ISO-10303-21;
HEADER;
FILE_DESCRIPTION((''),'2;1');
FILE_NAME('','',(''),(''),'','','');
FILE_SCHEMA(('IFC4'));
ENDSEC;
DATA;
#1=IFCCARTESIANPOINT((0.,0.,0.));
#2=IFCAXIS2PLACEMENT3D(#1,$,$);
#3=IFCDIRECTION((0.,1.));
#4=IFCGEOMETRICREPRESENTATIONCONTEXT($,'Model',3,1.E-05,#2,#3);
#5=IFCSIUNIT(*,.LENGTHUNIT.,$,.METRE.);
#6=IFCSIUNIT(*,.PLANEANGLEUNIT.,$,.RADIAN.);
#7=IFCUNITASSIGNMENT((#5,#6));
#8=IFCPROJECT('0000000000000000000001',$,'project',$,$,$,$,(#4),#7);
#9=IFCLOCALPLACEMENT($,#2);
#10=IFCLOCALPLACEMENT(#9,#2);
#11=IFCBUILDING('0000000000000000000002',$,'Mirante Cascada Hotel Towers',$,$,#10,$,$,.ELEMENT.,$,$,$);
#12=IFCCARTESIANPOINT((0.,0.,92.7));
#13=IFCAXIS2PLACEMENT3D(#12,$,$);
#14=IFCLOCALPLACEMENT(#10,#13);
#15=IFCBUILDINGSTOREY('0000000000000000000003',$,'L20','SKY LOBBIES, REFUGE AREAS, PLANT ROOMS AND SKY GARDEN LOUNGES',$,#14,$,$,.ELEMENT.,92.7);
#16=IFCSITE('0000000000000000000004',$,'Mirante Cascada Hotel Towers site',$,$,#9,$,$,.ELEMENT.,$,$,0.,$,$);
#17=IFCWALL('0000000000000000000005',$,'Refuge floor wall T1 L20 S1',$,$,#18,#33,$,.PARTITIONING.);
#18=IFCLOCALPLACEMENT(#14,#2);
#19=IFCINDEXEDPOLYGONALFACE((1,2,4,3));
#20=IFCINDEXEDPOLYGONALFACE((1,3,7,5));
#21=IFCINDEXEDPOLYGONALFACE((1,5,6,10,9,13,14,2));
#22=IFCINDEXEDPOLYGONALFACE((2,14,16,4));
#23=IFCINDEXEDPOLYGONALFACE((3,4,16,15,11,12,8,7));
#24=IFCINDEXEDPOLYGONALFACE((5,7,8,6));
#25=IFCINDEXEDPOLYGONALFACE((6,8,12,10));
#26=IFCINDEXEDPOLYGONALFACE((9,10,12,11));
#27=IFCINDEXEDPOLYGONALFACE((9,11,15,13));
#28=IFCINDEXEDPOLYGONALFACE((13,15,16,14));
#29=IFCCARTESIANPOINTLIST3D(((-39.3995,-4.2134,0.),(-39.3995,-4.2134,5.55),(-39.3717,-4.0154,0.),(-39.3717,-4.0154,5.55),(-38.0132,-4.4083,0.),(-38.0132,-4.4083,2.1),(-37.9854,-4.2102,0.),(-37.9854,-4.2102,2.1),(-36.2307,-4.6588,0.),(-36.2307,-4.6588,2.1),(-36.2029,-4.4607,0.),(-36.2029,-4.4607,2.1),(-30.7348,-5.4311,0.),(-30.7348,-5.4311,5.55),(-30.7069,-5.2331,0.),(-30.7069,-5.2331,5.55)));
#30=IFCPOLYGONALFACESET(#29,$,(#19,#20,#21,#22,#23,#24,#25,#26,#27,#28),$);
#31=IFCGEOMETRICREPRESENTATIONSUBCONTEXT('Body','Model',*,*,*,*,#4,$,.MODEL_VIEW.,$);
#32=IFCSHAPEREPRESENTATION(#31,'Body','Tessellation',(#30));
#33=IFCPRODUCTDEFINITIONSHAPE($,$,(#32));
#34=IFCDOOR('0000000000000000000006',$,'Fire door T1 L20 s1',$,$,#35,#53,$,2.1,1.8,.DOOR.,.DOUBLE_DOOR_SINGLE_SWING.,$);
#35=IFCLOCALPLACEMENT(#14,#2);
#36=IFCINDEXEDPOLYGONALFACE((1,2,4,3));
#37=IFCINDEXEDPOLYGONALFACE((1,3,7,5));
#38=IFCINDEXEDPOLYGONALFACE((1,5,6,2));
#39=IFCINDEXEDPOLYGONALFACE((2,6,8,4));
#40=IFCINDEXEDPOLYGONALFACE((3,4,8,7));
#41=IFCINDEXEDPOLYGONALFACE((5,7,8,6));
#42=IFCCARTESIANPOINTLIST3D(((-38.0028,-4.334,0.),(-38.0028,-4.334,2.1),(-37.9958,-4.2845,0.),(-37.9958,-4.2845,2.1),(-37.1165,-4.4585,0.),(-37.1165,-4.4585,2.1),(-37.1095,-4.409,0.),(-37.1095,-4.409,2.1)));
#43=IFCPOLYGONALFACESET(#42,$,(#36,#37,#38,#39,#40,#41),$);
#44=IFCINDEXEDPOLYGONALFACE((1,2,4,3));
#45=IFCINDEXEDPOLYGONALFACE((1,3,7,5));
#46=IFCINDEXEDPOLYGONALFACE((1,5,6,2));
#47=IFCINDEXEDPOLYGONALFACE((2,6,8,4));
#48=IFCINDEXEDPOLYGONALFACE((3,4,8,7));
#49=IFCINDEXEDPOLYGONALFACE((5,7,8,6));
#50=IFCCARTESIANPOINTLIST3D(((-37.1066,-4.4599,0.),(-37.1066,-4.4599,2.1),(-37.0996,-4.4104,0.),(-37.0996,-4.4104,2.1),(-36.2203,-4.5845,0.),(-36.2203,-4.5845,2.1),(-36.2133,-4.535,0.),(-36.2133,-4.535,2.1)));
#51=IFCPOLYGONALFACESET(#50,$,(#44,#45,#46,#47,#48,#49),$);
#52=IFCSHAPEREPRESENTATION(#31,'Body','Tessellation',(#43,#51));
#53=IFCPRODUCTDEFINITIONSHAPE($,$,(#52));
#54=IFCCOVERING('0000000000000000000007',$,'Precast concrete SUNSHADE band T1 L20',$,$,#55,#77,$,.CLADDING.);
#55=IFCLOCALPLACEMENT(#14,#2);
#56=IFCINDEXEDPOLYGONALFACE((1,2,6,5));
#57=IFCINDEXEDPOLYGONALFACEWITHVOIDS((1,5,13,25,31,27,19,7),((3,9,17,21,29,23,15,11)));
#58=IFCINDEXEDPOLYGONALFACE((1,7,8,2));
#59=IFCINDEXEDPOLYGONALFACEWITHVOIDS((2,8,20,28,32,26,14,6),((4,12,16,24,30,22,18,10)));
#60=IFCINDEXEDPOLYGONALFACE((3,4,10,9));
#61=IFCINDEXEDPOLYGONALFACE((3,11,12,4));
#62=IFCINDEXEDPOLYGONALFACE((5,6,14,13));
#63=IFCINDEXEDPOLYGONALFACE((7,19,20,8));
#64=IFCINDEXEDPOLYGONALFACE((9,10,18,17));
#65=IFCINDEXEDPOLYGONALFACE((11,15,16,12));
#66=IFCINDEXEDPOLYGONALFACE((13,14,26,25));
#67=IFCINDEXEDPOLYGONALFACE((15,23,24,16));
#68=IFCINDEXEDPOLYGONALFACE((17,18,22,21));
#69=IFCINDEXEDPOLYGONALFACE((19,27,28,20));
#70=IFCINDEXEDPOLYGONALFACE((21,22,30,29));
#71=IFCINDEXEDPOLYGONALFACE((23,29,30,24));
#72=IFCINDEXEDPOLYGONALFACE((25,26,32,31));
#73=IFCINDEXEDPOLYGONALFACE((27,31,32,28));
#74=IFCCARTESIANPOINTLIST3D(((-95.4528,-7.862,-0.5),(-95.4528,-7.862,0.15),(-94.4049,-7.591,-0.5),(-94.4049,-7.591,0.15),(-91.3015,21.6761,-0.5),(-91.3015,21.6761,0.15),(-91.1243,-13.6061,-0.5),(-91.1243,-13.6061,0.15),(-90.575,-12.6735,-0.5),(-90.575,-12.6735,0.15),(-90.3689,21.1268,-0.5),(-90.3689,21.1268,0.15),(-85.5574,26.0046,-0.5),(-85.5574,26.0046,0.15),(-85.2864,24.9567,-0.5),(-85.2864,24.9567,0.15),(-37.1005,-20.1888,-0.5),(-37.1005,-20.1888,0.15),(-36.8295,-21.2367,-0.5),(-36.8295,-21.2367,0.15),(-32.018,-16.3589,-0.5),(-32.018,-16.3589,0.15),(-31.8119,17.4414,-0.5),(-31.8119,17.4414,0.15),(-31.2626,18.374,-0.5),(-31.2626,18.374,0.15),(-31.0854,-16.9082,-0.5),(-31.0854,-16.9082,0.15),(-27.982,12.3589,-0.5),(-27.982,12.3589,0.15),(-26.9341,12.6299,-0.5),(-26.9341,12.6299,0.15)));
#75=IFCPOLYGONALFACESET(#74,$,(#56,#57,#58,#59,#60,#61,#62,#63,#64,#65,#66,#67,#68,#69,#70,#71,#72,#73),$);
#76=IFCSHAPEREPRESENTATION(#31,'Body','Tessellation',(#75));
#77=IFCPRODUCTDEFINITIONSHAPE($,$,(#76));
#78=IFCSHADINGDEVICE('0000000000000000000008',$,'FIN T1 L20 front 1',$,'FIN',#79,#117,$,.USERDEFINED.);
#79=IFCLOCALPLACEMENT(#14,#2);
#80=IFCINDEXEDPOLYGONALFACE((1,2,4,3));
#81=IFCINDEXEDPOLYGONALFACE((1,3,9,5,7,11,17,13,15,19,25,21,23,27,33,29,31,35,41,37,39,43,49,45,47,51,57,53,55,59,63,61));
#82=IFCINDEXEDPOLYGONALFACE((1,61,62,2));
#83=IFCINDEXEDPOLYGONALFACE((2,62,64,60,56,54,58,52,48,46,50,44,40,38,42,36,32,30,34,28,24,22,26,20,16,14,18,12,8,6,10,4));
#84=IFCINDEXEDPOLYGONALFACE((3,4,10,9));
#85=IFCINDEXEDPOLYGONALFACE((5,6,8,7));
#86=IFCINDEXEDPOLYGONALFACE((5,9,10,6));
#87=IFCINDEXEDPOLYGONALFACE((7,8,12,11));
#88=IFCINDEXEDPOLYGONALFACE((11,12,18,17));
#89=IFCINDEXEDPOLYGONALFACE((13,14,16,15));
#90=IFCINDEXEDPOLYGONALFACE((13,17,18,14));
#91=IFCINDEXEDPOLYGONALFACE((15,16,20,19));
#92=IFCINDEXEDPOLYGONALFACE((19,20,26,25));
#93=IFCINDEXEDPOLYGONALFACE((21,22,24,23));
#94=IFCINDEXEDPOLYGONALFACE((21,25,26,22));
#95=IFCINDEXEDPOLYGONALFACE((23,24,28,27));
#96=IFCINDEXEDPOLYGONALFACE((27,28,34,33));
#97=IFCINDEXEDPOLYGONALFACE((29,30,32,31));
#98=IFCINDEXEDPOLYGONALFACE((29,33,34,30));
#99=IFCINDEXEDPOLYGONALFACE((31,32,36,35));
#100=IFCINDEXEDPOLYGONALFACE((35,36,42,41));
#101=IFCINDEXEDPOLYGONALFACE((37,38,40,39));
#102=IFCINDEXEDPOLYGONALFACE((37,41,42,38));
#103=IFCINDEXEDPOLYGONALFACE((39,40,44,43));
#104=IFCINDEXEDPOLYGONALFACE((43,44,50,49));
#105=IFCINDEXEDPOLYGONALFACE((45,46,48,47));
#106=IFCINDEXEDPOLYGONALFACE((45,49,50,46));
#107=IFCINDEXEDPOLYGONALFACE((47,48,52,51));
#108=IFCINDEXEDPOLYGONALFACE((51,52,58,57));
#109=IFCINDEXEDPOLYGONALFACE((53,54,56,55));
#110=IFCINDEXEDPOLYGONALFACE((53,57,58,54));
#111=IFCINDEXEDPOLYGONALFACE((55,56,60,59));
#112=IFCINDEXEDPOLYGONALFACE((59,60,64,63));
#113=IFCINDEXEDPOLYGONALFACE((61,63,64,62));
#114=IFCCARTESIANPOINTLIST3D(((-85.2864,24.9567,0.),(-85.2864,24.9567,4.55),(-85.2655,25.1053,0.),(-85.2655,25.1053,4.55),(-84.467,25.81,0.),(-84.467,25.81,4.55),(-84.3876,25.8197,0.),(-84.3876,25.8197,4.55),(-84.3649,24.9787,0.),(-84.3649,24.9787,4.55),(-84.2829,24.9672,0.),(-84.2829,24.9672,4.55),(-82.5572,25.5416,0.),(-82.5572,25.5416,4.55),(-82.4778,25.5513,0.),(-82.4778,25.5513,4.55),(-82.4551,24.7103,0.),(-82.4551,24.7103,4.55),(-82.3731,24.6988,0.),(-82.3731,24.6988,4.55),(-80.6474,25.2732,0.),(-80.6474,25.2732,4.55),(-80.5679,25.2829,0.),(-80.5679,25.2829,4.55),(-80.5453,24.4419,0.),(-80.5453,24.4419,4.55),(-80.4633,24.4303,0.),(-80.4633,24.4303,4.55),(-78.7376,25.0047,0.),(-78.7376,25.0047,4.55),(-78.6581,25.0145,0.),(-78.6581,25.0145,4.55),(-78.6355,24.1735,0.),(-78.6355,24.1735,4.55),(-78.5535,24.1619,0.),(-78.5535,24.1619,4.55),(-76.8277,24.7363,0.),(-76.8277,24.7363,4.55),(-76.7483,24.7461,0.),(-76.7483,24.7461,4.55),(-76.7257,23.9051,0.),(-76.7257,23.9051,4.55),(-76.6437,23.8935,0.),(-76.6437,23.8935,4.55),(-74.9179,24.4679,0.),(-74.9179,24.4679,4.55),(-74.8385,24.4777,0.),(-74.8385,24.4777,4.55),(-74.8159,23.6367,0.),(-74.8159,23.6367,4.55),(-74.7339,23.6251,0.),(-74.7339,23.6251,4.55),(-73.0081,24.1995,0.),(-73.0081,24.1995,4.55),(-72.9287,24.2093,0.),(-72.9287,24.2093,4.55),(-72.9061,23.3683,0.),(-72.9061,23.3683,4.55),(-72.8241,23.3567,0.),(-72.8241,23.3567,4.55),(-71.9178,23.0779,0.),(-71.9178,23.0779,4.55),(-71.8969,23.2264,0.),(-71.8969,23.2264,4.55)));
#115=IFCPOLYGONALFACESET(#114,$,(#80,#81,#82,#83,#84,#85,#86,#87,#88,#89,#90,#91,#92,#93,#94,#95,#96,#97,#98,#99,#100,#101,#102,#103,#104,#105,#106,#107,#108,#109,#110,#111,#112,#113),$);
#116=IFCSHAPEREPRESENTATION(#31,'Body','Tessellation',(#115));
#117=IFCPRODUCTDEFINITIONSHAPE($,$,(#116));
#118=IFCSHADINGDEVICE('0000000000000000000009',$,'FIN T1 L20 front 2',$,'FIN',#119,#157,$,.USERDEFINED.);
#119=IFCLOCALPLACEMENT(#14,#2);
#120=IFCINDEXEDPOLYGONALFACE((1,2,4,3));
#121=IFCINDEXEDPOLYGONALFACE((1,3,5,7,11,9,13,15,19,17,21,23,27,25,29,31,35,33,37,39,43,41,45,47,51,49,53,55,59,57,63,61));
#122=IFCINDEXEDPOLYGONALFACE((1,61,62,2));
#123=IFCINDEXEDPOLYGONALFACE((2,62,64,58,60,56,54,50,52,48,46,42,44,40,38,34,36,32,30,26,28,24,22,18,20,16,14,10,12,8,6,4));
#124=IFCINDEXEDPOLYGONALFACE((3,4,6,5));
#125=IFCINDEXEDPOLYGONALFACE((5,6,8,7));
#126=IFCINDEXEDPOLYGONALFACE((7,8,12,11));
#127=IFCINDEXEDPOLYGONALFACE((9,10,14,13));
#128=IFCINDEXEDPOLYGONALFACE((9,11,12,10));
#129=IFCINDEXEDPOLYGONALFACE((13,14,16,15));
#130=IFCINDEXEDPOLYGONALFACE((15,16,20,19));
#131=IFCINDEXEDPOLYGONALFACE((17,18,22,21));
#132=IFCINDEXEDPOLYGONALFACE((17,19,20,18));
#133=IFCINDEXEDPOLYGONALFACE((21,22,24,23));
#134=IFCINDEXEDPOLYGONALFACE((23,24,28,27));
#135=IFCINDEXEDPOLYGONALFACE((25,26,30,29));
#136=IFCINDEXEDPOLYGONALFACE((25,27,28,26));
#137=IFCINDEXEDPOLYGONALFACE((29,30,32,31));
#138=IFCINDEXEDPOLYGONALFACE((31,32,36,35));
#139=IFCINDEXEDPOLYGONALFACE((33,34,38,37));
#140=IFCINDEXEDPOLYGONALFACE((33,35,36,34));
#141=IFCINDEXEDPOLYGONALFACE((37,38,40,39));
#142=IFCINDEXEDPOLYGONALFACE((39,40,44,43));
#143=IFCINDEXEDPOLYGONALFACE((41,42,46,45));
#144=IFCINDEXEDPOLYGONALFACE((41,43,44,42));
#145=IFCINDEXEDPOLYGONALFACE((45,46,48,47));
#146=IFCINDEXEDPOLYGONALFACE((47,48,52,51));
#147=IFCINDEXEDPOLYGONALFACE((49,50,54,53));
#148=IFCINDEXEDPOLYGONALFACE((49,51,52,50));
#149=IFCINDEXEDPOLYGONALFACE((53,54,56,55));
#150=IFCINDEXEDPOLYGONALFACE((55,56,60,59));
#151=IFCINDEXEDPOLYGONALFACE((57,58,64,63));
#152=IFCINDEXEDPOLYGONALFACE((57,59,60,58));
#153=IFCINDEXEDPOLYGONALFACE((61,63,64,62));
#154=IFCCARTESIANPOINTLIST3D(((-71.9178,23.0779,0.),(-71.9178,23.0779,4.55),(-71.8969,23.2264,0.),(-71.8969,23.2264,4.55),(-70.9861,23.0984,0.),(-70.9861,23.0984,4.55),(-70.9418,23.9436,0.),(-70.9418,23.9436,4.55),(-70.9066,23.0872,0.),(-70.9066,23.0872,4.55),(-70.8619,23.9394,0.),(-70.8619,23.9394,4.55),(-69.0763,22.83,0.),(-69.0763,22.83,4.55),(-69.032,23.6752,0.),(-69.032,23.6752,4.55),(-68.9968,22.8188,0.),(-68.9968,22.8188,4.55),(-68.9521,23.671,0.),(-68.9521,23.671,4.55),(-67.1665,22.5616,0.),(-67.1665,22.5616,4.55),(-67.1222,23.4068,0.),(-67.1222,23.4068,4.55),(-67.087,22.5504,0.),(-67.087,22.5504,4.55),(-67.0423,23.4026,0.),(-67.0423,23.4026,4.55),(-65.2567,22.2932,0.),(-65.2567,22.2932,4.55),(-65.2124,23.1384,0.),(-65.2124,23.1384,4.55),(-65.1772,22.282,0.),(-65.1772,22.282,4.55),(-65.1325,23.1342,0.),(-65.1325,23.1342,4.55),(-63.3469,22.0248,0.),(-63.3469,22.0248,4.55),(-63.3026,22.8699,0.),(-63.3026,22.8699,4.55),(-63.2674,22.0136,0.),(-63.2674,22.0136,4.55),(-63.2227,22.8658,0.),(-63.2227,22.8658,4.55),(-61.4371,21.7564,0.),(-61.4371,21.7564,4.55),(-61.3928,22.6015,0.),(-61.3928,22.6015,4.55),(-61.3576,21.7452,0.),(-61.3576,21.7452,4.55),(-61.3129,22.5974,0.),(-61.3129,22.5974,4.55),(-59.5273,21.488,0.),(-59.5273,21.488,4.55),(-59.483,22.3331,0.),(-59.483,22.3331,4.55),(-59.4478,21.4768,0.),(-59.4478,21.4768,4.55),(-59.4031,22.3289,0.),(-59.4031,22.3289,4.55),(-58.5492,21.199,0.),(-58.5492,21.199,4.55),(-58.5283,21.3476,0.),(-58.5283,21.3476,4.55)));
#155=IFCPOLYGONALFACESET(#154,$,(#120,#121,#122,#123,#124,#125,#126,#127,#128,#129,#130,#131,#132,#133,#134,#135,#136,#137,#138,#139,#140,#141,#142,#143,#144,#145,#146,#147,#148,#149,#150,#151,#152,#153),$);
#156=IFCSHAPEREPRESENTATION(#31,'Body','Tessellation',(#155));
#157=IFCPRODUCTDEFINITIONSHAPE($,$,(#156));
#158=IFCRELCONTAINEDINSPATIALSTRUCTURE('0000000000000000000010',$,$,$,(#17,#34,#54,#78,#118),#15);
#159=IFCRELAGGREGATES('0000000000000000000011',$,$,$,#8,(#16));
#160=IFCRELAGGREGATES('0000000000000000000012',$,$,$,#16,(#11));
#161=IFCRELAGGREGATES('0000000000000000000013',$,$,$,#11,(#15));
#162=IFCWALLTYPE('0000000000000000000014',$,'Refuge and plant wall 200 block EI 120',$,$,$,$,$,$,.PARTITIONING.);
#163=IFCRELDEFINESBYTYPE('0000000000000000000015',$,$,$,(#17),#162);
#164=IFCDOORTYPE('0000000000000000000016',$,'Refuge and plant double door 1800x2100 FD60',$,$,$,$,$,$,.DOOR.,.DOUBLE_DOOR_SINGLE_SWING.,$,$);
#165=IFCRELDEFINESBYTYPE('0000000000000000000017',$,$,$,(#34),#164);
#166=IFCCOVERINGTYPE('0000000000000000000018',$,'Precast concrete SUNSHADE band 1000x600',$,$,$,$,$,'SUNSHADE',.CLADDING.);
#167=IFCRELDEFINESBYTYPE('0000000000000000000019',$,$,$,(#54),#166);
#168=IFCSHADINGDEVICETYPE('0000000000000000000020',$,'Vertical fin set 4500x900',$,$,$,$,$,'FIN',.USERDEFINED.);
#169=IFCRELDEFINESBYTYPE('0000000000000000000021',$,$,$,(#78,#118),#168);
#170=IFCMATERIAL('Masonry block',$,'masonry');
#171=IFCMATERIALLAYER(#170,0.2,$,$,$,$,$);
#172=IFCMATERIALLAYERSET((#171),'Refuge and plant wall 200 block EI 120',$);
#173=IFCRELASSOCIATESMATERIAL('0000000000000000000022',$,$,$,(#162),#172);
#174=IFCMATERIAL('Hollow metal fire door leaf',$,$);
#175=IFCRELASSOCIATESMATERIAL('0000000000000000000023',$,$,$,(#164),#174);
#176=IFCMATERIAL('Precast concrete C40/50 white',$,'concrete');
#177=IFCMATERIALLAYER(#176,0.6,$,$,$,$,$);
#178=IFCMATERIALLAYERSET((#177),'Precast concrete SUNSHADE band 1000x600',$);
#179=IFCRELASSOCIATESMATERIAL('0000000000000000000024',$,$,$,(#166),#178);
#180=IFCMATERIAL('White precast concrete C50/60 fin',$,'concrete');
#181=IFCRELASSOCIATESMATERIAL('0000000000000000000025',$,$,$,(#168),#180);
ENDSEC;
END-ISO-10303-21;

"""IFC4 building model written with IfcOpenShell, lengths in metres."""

from ifc_helpers import new_model, si_unit, direction, frame, frame_2d, origin, place, context, subcontext, project, spatial, polyline, rectangle, outline, extrude, material, layer, layer_set, type_object, element, fill, save


model = new_model("IFC4")

# Units and contexts
model_context = context("Model", 3, precision=1e-05, world=origin(), true_north=direction((0.0, 1.0)))
body_context = subcontext(model_context, "Body", "Model", "MODEL_VIEW")
ifc_project = project(units=[si_unit("LENGTHUNIT", "METRE"), si_unit("PLANEANGLEUNIT", "RADIAN")], contexts=[model_context])

# Site, building, storey
site_placement = place(None, origin())
site = spatial("IfcSite", under=ifc_project, at=site_placement, Name="Mirante Cascada Hotel Towers site", CompositionType="ELEMENT", RefElevation=0.0)
building_placement = place(site_placement, origin())
building = spatial("IfcBuilding", under=site, at=building_placement, Name="Mirante Cascada Hotel Towers", CompositionType="ELEMENT")
storey_placement = place(building_placement, frame((0.0, 0.0, 92.7)))
storey = spatial("IfcBuildingStorey", under=building, at=storey_placement, Name="L20", Description="SKY LOBBIES, REFUGE AREAS, PLANT ROOMS AND SKY GARDEN LOUNGES", CompositionType="ELEMENT", Elevation=92.7)

# Wall, opening, door
ifc_material_1 = material(Name="Masonry block", Category="masonry")
ifc_layer_1 = layer(ifc_material_1, 0.2)
ifc_layer_set_1 = layer_set([ifc_layer_1], Name="Refuge and plant wall 200 block EI 120")
wall_type = type_object("IfcWallType", Name="Refuge and plant wall 200 block EI 120", PredefinedType="PARTITIONING", material=ifc_layer_set_1)
wall_placement = place(storey_placement, frame((-30.7208, -5.3321, 0.0), z_axis=(0.0, 0.0, 1.0), x_axis=(-0.990269, 0.139167, 0.0)))
wall = element("IfcWall", 1, at=wall_placement, inside=storey, type_object=wall_type, Name="Refuge floor wall T1 L20 S1", PredefinedType="PARTITIONING", context=body_context, shape_type="SweptSolid", body=[
    extrude(rectangle(XDim=8.7499, YDim=0.2, at=frame_2d((4.375, 0.0))), origin(), (0.0, 0.0, 1.0), 5.55),
])
opening_placement = place(wall_placement, frame((5.55, 0.0, 0.0)))
opening = element("IfcOpeningElement", 2, at=opening_placement, cuts=wall, PredefinedType="OPENING", context=body_context, shape_type="SweptSolid", body=[
    extrude(rectangle(XDim=1.8, YDim=2.1, at=frame_2d((0.9, 1.05))), frame((0.0, 0.1, 0.0), z_axis=(0.0, -1.0, 0.0), x_axis=(1.0, 0.0, 0.0)), (0.0, 0.0, 1.0), 0.2),
])
ifc_material_2 = material(Name="Hollow metal fire door leaf")
door_type = type_object("IfcDoorType", Name="Refuge and plant double door 1800x2100 FD60", OperationType="DOUBLE_DOOR_SINGLE_SWING", PredefinedType="DOOR", material=ifc_material_2)
door_placement = place(opening_placement, frame((1.8, 0.0, 0.0), z_axis=(0.0, 0.0, 1.0), x_axis=(-1.0, 0.0, 0.0)))
door = element("IfcDoor", 3, at=door_placement, inside=storey, type_object=door_type, Name="Fire door T1 L20 s1", OperationType="DOUBLE_DOOR_SINGLE_SWING", OverallHeight=2.1, OverallWidth=1.8, PredefinedType="DOOR", context=body_context, shape_type="SweptSolid", body=[
    extrude(rectangle(XDim=0.895, YDim=2.1, at=frame_2d((0.4475, 1.05))), frame((0.0, 0.025, 0.0), z_axis=(0.0, -1.0, 0.0), x_axis=(1.0, 0.0, 0.0)), (0.0, 0.0, 1.0), 0.05),
    extrude(rectangle(XDim=0.895, YDim=2.1, at=frame_2d((1.3525, 1.05))), frame((0.0, 0.025, 0.0), z_axis=(0.0, -1.0, 0.0), x_axis=(1.0, 0.0, 0.0)), (0.0, 0.0, 1.0), 0.05),
])
fill(opening, door)

# Covering
ifc_material_3 = material(Name="Precast concrete C40/50 white", Category="concrete")
ifc_layer_2 = layer(ifc_material_3, 0.6)
ifc_layer_set_2 = layer_set([ifc_layer_2], Name="Precast concrete SUNSHADE band 1000x600")
covering_type = type_object("IfcCoveringType", Name="Precast concrete SUNSHADE band 1000x600", ElementType="SUNSHADE", PredefinedType="CLADDING", material=ifc_layer_set_2)
covering_placement = place(storey_placement, frame((0.0, 0.0, -0.5)))
element("IfcCovering", 4, at=covering_placement, inside=storey, type_object=covering_type, Name="Precast concrete SUNSHADE band T1 L20", PredefinedType="CLADDING", context=body_context, shape_type="SweptSolid", body=[
    extrude(outline(polyline([(-95.4528, -7.862), (-91.3015, 21.6761), (-85.5574, 26.0046), (-31.2626, 18.374), (-26.9341, 12.6299), (-31.0854, -16.9082), (-36.8295, -21.2367), (-91.1243, -13.6061), (-95.4528, -7.862)]), holes=[polyline([(-27.982, 12.3589), (-31.8119, 17.4414), (-85.2864, 24.9567), (-90.3689, 21.1268), (-94.4049, -7.591), (-90.575, -12.6735), (-37.1005, -20.1888), (-32.018, -16.3589), (-27.982, 12.3589)])]), origin(), (0.0, 0.0, 1.0), 0.65),
])

# Shading devices
ifc_material_4 = material(Name="White precast concrete C50/60 fin", Category="concrete")
shading_device_type = type_object("IfcShadingDeviceType", Name="Vertical fin set 4500x900", ElementType="FIN", PredefinedType="USERDEFINED", material=ifc_material_4)
shading_device_1_placement = place(storey_placement, origin())
element("IfcShadingDevice", 5, at=shading_device_1_placement, inside=storey, type_object=shading_device_type, Name="FIN T1 L20 front 1", ObjectType="FIN", PredefinedType="USERDEFINED", context=body_context, shape_type="SweptSolid", body=[
    extrude(outline(polyline([(-72.8241, 23.3567), (-71.8969, 23.2264), (-71.9178, 23.0779), (-85.2864, 24.9567), (-85.2655, 25.1053), (-84.3649, 24.9787), (-84.467, 25.81), (-84.3876, 25.8197), (-84.2829, 24.9672), (-82.4551, 24.7103), (-82.5572, 25.5416), (-82.4778, 25.5513), (-82.3731, 24.6988), (-80.5453, 24.4419), (-80.6474, 25.2732), (-80.5679, 25.2829), (-80.4633, 24.4303), (-78.6355, 24.1735), (-78.7376, 25.0047), (-78.6581, 25.0145), (-78.5535, 24.1619), (-76.7257, 23.9051), (-76.8277, 24.7363), (-76.7483, 24.7461), (-76.6437, 23.8935), (-74.8159, 23.6367), (-74.9179, 24.4679), (-74.8385, 24.4777), (-74.7339, 23.6251), (-72.9061, 23.3683), (-73.0081, 24.1995), (-72.9287, 24.2093), (-72.8241, 23.3567)])), origin(), (0.0, 0.0, 1.0), 4.55),
])
shading_device_2_placement = place(storey_placement, origin())
element("IfcShadingDevice", 6, at=shading_device_2_placement, inside=storey, type_object=shading_device_type, Name="FIN T1 L20 front 2", ObjectType="FIN", PredefinedType="USERDEFINED", context=body_context, shape_type="SweptSolid", body=[
    extrude(outline(polyline([(-59.4478, 21.4768), (-58.5283, 21.3476), (-58.5492, 21.199), (-71.9178, 23.0779), (-71.8969, 23.2264), (-70.9861, 23.0984), (-70.9418, 23.9436), (-70.8619, 23.9394), (-70.9066, 23.0872), (-69.0763, 22.83), (-69.032, 23.6752), (-68.9521, 23.671), (-68.9968, 22.8188), (-67.1665, 22.5616), (-67.1222, 23.4068), (-67.0423, 23.4026), (-67.087, 22.5504), (-65.2567, 22.2932), (-65.2124, 23.1384), (-65.1325, 23.1342), (-65.1772, 22.282), (-63.3469, 22.0248), (-63.3026, 22.8699), (-63.2227, 22.8658), (-63.2674, 22.0136), (-61.4371, 21.7564), (-61.3928, 22.6015), (-61.3129, 22.5974), (-61.3576, 21.7452), (-59.5273, 21.488), (-59.483, 22.3331), (-59.4031, 22.3289), (-59.4478, 21.4768)])), origin(), (0.0, 0.0, 1.0), 4.55),
])

save(model, "model.ifc")
